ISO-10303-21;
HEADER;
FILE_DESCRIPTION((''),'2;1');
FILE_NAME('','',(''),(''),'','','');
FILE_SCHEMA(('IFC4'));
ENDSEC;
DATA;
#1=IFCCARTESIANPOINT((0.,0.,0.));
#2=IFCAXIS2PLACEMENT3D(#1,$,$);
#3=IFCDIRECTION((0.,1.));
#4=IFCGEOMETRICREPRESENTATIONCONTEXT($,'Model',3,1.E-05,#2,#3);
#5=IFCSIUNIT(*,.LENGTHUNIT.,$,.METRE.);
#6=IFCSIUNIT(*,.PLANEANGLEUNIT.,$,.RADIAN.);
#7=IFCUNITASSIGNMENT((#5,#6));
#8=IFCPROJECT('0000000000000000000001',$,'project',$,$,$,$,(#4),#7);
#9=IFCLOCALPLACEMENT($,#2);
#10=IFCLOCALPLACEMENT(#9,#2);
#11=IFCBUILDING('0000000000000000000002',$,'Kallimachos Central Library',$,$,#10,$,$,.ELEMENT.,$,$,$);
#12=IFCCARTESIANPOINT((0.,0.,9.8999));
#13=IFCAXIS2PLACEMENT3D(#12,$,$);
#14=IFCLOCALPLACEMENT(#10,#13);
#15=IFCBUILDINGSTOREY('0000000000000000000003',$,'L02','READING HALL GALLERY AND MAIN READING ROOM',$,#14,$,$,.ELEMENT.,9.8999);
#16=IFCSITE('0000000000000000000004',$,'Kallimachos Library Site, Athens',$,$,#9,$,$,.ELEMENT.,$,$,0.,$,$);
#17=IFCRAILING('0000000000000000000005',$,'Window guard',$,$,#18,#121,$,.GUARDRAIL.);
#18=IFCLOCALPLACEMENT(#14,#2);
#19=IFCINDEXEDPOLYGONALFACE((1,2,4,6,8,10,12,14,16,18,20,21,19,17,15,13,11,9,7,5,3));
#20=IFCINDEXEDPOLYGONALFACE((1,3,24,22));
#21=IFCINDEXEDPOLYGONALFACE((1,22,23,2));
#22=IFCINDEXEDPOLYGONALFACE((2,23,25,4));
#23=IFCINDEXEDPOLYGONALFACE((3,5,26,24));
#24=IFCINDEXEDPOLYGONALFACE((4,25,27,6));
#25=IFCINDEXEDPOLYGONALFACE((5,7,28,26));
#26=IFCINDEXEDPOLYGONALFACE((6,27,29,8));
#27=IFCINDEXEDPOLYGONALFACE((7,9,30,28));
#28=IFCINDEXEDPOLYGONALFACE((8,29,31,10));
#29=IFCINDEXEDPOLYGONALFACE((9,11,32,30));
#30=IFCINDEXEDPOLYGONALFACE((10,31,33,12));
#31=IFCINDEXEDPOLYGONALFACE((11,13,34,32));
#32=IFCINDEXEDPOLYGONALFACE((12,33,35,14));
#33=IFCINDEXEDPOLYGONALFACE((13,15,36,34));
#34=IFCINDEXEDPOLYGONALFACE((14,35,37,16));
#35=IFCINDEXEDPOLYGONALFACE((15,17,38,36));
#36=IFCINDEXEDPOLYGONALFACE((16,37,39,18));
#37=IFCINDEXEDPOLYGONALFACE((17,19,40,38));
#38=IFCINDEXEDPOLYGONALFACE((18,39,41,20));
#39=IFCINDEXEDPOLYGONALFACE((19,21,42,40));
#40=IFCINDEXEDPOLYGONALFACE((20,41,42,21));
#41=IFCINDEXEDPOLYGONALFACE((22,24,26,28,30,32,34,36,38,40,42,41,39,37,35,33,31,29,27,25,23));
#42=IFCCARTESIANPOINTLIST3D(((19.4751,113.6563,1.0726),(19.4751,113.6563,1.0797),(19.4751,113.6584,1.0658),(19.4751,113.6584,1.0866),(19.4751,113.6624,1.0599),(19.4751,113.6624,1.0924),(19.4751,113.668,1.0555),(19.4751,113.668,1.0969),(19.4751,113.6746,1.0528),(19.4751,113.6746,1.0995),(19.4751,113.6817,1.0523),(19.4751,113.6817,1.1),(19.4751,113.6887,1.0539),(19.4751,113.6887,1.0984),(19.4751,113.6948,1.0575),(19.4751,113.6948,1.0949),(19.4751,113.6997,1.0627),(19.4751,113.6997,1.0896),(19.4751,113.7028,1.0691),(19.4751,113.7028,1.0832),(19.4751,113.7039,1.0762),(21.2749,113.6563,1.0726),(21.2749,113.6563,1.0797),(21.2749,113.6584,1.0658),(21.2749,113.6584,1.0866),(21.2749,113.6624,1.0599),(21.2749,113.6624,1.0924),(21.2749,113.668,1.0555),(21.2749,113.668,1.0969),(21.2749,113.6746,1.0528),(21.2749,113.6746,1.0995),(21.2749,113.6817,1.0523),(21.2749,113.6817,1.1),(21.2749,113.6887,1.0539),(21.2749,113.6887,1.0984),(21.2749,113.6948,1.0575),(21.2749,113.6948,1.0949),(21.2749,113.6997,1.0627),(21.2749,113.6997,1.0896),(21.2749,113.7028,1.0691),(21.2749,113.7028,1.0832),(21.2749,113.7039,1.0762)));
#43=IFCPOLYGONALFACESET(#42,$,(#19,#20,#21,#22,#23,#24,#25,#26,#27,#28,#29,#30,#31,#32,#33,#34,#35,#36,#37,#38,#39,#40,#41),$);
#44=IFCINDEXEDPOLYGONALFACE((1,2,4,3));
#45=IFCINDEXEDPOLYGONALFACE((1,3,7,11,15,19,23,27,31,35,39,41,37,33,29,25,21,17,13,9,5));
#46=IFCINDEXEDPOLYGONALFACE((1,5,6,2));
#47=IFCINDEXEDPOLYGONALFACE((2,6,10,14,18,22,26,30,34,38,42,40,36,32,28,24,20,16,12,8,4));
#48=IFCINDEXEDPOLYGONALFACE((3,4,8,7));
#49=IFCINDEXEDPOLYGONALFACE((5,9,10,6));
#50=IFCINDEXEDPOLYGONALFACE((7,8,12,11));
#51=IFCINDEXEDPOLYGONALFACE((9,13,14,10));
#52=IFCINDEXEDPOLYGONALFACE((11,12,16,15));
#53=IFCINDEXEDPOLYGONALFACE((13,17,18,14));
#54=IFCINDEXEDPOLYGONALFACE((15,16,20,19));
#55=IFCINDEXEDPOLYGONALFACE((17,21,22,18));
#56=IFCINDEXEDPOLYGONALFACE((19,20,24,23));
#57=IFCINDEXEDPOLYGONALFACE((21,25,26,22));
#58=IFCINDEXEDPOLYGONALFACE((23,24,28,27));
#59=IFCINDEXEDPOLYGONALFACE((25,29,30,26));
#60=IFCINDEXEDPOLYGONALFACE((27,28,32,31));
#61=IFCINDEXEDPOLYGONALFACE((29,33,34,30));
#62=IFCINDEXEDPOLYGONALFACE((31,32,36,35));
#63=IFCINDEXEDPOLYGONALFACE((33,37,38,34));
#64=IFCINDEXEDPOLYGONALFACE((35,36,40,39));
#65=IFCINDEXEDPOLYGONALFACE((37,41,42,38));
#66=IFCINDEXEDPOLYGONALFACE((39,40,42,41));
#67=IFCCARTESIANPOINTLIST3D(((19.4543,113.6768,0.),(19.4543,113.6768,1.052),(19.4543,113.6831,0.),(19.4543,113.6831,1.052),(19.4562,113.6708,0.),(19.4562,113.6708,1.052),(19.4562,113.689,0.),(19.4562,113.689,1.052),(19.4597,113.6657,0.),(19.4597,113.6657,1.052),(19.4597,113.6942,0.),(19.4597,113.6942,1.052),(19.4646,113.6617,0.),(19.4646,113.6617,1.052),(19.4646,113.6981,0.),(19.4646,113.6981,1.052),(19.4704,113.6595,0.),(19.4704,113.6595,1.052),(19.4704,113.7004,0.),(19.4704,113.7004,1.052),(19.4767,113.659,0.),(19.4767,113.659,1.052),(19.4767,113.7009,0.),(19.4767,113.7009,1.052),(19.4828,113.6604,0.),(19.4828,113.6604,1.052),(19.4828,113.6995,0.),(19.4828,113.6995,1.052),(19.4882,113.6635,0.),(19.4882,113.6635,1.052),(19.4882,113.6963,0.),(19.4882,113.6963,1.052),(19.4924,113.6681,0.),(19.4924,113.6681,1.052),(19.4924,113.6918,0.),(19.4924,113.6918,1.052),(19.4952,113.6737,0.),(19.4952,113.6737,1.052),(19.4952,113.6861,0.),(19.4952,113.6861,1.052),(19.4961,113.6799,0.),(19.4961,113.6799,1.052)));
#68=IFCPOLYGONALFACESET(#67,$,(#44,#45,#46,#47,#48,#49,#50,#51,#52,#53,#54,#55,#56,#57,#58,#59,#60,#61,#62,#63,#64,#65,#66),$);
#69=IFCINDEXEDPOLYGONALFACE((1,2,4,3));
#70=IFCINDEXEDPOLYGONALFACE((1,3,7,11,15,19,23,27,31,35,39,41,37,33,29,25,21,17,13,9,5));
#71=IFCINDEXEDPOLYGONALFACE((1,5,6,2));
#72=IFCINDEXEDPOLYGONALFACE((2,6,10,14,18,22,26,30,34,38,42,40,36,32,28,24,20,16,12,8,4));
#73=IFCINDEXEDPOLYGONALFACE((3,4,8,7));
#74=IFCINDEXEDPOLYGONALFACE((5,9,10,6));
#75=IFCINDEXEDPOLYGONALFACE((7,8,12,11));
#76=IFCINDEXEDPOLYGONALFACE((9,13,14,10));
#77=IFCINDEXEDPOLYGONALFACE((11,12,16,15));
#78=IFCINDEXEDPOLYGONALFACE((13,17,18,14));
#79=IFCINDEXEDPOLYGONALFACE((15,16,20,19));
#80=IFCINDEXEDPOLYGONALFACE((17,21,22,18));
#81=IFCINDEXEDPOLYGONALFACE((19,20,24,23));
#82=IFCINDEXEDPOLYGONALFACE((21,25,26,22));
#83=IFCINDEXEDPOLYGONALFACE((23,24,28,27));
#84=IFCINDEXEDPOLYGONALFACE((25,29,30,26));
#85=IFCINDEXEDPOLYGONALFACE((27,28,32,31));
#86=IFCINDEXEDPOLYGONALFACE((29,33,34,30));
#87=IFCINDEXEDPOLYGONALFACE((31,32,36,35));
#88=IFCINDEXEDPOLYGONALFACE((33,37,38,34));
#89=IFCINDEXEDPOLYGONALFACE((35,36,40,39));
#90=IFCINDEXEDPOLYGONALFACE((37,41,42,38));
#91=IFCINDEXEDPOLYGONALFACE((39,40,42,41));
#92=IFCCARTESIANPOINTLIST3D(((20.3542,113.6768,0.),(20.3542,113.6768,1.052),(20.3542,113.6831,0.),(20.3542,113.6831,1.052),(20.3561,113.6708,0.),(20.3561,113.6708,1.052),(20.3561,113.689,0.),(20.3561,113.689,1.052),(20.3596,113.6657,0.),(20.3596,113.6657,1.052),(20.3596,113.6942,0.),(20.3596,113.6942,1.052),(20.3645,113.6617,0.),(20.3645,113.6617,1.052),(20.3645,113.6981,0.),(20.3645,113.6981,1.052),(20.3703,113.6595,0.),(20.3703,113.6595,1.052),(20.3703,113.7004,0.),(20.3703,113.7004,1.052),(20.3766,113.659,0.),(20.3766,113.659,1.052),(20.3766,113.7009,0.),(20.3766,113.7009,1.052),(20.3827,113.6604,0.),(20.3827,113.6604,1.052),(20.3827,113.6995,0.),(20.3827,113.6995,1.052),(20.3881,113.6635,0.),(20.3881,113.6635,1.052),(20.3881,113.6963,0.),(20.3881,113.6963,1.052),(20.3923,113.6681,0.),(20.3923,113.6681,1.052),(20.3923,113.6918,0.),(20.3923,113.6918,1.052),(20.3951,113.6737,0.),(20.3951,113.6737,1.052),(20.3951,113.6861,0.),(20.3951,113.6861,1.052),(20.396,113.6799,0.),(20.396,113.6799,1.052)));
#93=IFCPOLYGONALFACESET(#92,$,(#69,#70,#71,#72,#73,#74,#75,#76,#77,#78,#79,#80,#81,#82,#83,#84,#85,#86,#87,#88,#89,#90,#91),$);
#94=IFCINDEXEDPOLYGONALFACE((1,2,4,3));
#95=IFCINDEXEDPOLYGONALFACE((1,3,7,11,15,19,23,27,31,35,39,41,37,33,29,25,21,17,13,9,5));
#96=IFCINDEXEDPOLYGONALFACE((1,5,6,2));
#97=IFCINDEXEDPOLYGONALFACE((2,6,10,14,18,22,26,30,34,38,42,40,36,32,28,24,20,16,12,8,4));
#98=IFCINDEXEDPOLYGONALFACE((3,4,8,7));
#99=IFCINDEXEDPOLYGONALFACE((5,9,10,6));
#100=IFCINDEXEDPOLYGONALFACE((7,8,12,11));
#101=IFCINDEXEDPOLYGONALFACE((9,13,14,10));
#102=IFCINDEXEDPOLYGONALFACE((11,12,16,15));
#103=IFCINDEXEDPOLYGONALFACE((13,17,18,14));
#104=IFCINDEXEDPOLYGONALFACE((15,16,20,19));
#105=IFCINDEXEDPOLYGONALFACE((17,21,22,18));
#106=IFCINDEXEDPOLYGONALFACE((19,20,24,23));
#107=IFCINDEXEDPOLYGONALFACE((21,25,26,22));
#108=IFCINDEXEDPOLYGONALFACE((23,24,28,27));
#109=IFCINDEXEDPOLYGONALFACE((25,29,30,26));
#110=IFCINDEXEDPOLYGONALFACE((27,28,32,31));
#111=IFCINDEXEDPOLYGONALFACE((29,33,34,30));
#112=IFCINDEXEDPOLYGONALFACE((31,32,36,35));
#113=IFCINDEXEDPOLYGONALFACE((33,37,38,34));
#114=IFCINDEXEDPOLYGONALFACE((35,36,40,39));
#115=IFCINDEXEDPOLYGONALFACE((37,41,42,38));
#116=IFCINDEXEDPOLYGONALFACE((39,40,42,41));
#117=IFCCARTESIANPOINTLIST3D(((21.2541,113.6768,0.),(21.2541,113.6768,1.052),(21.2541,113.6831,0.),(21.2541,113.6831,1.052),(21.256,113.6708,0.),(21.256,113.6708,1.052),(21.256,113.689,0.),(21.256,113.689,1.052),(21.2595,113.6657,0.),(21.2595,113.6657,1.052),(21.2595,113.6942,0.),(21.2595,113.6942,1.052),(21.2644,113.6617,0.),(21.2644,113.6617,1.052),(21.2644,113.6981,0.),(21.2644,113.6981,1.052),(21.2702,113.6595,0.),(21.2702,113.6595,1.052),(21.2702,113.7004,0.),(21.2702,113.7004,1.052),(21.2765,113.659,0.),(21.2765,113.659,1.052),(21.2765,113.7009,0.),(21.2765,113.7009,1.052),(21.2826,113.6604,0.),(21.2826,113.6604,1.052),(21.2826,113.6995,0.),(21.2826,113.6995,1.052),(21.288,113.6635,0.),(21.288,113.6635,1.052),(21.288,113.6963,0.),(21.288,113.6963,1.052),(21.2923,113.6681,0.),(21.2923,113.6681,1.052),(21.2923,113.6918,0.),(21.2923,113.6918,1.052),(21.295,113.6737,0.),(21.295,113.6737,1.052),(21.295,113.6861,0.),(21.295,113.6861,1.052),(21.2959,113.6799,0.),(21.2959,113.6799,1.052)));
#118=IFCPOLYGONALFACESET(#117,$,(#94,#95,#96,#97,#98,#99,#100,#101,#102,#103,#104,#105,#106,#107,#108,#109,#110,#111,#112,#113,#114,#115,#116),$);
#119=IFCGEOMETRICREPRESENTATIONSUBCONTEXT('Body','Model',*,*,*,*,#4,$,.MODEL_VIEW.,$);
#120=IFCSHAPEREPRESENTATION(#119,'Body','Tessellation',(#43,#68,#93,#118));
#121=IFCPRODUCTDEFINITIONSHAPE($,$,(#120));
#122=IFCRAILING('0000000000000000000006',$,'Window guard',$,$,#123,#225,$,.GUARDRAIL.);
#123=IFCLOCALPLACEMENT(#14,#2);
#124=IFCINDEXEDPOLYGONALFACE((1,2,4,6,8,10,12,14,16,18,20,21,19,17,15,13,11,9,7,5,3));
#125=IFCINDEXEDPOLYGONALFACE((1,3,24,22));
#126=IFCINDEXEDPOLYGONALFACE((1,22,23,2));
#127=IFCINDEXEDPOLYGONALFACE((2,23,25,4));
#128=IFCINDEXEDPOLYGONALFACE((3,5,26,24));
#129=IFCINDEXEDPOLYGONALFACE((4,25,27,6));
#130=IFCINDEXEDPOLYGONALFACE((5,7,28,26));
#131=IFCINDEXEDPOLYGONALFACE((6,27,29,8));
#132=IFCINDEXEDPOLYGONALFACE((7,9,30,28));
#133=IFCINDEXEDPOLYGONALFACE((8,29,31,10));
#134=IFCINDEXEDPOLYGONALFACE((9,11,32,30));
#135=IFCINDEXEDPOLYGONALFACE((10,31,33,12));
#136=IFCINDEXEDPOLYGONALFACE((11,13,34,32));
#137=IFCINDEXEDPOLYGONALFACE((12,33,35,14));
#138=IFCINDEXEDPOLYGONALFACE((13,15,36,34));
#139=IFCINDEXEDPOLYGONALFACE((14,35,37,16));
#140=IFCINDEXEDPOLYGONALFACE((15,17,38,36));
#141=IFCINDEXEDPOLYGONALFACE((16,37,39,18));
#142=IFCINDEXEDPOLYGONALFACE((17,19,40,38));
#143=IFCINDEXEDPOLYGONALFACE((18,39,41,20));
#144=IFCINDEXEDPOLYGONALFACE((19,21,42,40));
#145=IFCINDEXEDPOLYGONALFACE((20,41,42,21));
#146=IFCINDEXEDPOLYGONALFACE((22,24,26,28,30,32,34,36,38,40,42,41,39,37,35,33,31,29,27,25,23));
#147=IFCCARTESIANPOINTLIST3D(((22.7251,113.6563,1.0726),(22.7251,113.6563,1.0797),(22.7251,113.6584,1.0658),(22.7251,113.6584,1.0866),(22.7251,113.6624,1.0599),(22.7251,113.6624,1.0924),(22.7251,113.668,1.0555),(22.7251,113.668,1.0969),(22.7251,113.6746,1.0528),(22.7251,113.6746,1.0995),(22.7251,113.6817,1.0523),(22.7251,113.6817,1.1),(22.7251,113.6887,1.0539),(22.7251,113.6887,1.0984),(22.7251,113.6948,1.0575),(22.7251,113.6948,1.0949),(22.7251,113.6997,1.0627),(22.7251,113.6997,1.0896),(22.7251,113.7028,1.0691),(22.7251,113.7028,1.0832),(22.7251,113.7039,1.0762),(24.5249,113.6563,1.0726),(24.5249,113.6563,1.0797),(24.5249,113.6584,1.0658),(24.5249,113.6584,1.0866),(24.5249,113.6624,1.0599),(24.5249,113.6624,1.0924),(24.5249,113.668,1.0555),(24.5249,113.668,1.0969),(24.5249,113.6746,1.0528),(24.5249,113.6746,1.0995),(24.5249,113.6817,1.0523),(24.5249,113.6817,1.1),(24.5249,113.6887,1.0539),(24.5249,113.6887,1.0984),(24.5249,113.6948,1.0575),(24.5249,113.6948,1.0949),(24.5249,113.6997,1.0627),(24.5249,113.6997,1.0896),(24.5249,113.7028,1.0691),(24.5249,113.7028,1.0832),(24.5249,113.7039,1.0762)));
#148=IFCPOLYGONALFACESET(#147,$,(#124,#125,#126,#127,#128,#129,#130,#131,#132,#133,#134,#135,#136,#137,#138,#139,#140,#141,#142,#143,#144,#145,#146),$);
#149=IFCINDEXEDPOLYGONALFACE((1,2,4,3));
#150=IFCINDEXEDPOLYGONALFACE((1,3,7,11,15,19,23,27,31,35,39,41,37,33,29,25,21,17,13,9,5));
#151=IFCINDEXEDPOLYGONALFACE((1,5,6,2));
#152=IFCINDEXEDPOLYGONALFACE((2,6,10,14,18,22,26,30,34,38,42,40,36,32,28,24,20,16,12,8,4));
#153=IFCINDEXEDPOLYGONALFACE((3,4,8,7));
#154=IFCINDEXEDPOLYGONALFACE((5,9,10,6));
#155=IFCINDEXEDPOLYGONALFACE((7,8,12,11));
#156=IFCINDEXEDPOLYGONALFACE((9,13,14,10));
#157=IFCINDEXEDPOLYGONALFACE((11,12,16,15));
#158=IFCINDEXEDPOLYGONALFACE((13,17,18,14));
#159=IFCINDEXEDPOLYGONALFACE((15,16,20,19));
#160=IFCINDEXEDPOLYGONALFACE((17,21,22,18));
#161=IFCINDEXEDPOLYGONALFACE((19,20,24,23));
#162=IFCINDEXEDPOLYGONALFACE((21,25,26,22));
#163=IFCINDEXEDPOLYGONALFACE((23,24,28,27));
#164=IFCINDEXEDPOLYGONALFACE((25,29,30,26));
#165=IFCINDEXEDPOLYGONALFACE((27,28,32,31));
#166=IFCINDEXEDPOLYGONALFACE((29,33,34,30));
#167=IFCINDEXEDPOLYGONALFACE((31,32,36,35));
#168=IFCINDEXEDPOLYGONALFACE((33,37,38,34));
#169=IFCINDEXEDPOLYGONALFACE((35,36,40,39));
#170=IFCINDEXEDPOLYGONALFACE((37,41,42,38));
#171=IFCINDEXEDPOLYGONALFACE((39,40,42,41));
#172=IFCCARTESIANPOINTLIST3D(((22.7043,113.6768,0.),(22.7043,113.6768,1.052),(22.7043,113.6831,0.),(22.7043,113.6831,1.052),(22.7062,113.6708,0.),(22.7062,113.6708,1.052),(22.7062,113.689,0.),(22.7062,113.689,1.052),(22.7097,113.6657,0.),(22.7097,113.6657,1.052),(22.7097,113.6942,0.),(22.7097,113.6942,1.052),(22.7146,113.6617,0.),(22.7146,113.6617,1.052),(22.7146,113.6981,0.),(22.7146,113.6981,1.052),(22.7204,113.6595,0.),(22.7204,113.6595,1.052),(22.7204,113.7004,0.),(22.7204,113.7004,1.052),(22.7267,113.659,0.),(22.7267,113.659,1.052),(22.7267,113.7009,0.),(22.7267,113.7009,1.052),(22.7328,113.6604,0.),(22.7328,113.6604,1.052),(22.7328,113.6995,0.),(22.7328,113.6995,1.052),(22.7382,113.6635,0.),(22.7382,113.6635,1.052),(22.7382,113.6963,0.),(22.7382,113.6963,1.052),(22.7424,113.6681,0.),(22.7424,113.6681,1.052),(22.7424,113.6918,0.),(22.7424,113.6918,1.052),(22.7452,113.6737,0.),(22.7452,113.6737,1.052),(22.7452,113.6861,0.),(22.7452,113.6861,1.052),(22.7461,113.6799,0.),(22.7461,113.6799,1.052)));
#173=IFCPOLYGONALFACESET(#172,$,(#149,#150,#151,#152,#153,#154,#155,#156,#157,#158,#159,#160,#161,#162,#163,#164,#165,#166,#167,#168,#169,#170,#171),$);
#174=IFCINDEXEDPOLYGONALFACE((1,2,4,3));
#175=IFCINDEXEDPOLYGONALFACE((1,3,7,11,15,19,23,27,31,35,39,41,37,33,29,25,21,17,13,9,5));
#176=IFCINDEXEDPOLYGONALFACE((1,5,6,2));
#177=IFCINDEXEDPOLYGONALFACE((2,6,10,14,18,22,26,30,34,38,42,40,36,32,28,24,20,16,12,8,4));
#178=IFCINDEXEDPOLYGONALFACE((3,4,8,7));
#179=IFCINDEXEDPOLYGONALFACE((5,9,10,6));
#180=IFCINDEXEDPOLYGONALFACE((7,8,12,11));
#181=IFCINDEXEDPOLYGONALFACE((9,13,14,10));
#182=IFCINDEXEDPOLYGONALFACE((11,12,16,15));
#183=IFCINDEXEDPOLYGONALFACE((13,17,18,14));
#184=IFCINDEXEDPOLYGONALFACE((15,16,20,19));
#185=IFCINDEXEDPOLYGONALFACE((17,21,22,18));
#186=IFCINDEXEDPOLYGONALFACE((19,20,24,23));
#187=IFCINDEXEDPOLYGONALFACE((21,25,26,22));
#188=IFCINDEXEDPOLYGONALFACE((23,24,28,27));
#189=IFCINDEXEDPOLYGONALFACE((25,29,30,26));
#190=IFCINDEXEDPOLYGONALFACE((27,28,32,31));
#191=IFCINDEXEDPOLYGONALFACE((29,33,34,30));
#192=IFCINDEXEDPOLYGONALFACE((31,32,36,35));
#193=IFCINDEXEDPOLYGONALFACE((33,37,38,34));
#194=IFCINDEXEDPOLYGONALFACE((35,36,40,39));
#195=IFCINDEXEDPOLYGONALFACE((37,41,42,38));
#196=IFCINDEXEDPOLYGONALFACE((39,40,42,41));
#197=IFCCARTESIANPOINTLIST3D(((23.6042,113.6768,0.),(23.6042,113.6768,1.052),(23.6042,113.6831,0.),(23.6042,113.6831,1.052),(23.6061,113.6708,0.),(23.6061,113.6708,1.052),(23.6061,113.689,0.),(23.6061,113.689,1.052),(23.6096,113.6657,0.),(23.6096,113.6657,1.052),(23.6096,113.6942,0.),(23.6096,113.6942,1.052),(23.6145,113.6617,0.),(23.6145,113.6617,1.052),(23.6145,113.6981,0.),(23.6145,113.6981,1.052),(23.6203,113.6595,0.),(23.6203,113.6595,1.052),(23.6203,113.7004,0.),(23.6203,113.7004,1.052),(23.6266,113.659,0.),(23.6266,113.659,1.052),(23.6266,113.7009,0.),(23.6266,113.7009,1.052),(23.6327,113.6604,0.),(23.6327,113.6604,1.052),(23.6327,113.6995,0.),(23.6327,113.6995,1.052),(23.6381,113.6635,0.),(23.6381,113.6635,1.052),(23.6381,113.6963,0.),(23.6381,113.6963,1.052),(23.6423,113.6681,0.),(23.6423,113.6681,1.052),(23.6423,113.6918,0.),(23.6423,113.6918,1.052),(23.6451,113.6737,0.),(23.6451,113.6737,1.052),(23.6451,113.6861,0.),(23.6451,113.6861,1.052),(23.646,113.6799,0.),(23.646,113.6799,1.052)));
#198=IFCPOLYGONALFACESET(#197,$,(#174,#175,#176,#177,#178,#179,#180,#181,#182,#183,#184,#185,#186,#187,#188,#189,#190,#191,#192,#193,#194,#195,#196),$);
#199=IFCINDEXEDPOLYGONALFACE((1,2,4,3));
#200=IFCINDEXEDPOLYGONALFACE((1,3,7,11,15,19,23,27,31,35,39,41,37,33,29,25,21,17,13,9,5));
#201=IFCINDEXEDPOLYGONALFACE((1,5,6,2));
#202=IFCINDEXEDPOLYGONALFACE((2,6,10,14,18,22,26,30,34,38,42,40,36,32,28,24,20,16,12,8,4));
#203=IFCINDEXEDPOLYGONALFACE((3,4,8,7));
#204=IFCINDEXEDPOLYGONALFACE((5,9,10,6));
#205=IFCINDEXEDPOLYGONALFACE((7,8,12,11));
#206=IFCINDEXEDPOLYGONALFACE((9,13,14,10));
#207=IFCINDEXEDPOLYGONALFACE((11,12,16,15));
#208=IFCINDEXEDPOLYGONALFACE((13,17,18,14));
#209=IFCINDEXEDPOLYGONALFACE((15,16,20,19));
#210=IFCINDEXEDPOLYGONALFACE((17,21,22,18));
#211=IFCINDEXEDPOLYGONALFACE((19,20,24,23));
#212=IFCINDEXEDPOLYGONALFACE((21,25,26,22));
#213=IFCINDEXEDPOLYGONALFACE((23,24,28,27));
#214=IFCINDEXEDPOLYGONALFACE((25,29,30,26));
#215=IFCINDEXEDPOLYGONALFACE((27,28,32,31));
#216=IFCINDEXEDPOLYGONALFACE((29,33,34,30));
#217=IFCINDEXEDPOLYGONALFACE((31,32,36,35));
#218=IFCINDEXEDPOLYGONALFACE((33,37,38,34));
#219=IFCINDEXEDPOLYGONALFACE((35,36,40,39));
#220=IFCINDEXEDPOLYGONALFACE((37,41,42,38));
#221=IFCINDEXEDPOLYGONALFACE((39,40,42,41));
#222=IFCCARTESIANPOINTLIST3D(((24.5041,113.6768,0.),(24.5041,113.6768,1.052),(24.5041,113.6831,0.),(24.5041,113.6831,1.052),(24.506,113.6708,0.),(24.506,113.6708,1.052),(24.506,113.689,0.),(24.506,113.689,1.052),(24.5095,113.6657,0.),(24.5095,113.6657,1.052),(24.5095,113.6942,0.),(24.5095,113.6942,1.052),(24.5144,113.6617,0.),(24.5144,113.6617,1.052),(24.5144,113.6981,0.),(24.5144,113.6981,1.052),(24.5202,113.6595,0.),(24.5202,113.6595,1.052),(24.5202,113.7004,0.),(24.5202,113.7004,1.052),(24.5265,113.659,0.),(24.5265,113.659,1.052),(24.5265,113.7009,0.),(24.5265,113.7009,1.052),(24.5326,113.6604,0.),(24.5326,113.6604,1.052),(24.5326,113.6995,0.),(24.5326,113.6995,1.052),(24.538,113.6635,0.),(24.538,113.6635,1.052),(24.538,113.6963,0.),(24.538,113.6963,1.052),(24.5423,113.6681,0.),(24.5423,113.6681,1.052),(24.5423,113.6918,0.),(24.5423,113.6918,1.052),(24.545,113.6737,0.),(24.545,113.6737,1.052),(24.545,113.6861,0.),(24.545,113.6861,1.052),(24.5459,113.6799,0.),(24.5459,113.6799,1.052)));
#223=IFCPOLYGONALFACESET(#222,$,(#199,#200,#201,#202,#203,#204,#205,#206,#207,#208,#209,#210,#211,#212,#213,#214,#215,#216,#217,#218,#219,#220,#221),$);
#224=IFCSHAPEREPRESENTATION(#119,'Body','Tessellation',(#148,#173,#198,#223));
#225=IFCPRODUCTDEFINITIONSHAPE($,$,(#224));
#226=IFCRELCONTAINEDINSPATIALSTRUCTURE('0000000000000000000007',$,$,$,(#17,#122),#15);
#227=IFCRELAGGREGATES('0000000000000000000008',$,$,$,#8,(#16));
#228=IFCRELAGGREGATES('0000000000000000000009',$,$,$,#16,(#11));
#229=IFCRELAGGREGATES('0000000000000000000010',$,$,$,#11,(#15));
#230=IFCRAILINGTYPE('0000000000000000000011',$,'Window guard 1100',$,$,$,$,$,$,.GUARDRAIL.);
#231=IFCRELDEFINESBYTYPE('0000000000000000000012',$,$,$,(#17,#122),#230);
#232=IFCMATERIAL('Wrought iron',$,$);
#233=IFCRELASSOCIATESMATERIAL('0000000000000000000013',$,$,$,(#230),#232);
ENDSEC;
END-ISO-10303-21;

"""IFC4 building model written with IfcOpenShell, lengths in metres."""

from ifc_helpers import new_model, si_unit, direction, frame, origin, origin_2d, place, context, subcontext, project, spatial, circle, extrude, material, type_object, element, save


model = new_model("IFC4")

# Units and contexts
model_context = context("Model", 3, precision=1e-05, world=origin(), true_north=direction((0.0, 1.0)))
body_context = subcontext(model_context, "Body", "Model", "MODEL_VIEW")
ifc_project = project(units=[si_unit("LENGTHUNIT", "METRE"), si_unit("PLANEANGLEUNIT", "RADIAN")], contexts=[model_context])

# Site, building, storey
site_placement = place(None, origin())
site = spatial("IfcSite", under=ifc_project, at=site_placement, Name="Kallimachos Library Site, Athens", CompositionType="ELEMENT", RefElevation=0.0)
building_placement = place(site_placement, origin())
building = spatial("IfcBuilding", under=site, at=building_placement, Name="Kallimachos Central Library", CompositionType="ELEMENT")
storey_placement = place(building_placement, frame((0.0, 0.0, 9.8999)))
storey = spatial("IfcBuildingStorey", under=building, at=storey_placement, Name="L02", Description="READING HALL GALLERY AND MAIN READING ROOM", CompositionType="ELEMENT", Elevation=9.8999)

# Railings
ifc_material_1 = material(Name="Wrought iron")
railing_type = type_object("IfcRailingType", Name="Window guard 1100", PredefinedType="GUARDRAIL", material=ifc_material_1)
for number, where, name in (
    (1, (19.4751, 113.6799, 0.0), "Window guard"),
    (2, (22.7251, 113.6799, 0.0), "Window guard"),
):
    element("IfcRailing", number, at=place(storey_placement, frame(where)), inside=storey, type_object=railing_type, Name=name, PredefinedType="GUARDRAIL", context=body_context, shape_type="SweptSolid", body=[
        extrude(circle(Radius=0.0239, at=origin_2d()), frame((0.0, 0.0, 1.0762), z_axis=(1.0, 0.0, 0.0), x_axis=(0.0, 1.0, 0.0)), (0.0, 0.0, 1.0), 1.7998),
        extrude(circle(Radius=0.021, at=origin_2d()), origin(), (0.0, 0.0, 1.0), 1.052),
        extrude(circle(Radius=0.021, at=origin_2d()), frame((0.8999, 0.0, 0.0)), (0.0, 0.0, 1.0), 1.052),
        extrude(circle(Radius=0.021, at=origin_2d()), frame((1.7998, 0.0, 0.0)), (0.0, 0.0, 1.0), 1.052),
    ])

save(model, "model.ifc")
